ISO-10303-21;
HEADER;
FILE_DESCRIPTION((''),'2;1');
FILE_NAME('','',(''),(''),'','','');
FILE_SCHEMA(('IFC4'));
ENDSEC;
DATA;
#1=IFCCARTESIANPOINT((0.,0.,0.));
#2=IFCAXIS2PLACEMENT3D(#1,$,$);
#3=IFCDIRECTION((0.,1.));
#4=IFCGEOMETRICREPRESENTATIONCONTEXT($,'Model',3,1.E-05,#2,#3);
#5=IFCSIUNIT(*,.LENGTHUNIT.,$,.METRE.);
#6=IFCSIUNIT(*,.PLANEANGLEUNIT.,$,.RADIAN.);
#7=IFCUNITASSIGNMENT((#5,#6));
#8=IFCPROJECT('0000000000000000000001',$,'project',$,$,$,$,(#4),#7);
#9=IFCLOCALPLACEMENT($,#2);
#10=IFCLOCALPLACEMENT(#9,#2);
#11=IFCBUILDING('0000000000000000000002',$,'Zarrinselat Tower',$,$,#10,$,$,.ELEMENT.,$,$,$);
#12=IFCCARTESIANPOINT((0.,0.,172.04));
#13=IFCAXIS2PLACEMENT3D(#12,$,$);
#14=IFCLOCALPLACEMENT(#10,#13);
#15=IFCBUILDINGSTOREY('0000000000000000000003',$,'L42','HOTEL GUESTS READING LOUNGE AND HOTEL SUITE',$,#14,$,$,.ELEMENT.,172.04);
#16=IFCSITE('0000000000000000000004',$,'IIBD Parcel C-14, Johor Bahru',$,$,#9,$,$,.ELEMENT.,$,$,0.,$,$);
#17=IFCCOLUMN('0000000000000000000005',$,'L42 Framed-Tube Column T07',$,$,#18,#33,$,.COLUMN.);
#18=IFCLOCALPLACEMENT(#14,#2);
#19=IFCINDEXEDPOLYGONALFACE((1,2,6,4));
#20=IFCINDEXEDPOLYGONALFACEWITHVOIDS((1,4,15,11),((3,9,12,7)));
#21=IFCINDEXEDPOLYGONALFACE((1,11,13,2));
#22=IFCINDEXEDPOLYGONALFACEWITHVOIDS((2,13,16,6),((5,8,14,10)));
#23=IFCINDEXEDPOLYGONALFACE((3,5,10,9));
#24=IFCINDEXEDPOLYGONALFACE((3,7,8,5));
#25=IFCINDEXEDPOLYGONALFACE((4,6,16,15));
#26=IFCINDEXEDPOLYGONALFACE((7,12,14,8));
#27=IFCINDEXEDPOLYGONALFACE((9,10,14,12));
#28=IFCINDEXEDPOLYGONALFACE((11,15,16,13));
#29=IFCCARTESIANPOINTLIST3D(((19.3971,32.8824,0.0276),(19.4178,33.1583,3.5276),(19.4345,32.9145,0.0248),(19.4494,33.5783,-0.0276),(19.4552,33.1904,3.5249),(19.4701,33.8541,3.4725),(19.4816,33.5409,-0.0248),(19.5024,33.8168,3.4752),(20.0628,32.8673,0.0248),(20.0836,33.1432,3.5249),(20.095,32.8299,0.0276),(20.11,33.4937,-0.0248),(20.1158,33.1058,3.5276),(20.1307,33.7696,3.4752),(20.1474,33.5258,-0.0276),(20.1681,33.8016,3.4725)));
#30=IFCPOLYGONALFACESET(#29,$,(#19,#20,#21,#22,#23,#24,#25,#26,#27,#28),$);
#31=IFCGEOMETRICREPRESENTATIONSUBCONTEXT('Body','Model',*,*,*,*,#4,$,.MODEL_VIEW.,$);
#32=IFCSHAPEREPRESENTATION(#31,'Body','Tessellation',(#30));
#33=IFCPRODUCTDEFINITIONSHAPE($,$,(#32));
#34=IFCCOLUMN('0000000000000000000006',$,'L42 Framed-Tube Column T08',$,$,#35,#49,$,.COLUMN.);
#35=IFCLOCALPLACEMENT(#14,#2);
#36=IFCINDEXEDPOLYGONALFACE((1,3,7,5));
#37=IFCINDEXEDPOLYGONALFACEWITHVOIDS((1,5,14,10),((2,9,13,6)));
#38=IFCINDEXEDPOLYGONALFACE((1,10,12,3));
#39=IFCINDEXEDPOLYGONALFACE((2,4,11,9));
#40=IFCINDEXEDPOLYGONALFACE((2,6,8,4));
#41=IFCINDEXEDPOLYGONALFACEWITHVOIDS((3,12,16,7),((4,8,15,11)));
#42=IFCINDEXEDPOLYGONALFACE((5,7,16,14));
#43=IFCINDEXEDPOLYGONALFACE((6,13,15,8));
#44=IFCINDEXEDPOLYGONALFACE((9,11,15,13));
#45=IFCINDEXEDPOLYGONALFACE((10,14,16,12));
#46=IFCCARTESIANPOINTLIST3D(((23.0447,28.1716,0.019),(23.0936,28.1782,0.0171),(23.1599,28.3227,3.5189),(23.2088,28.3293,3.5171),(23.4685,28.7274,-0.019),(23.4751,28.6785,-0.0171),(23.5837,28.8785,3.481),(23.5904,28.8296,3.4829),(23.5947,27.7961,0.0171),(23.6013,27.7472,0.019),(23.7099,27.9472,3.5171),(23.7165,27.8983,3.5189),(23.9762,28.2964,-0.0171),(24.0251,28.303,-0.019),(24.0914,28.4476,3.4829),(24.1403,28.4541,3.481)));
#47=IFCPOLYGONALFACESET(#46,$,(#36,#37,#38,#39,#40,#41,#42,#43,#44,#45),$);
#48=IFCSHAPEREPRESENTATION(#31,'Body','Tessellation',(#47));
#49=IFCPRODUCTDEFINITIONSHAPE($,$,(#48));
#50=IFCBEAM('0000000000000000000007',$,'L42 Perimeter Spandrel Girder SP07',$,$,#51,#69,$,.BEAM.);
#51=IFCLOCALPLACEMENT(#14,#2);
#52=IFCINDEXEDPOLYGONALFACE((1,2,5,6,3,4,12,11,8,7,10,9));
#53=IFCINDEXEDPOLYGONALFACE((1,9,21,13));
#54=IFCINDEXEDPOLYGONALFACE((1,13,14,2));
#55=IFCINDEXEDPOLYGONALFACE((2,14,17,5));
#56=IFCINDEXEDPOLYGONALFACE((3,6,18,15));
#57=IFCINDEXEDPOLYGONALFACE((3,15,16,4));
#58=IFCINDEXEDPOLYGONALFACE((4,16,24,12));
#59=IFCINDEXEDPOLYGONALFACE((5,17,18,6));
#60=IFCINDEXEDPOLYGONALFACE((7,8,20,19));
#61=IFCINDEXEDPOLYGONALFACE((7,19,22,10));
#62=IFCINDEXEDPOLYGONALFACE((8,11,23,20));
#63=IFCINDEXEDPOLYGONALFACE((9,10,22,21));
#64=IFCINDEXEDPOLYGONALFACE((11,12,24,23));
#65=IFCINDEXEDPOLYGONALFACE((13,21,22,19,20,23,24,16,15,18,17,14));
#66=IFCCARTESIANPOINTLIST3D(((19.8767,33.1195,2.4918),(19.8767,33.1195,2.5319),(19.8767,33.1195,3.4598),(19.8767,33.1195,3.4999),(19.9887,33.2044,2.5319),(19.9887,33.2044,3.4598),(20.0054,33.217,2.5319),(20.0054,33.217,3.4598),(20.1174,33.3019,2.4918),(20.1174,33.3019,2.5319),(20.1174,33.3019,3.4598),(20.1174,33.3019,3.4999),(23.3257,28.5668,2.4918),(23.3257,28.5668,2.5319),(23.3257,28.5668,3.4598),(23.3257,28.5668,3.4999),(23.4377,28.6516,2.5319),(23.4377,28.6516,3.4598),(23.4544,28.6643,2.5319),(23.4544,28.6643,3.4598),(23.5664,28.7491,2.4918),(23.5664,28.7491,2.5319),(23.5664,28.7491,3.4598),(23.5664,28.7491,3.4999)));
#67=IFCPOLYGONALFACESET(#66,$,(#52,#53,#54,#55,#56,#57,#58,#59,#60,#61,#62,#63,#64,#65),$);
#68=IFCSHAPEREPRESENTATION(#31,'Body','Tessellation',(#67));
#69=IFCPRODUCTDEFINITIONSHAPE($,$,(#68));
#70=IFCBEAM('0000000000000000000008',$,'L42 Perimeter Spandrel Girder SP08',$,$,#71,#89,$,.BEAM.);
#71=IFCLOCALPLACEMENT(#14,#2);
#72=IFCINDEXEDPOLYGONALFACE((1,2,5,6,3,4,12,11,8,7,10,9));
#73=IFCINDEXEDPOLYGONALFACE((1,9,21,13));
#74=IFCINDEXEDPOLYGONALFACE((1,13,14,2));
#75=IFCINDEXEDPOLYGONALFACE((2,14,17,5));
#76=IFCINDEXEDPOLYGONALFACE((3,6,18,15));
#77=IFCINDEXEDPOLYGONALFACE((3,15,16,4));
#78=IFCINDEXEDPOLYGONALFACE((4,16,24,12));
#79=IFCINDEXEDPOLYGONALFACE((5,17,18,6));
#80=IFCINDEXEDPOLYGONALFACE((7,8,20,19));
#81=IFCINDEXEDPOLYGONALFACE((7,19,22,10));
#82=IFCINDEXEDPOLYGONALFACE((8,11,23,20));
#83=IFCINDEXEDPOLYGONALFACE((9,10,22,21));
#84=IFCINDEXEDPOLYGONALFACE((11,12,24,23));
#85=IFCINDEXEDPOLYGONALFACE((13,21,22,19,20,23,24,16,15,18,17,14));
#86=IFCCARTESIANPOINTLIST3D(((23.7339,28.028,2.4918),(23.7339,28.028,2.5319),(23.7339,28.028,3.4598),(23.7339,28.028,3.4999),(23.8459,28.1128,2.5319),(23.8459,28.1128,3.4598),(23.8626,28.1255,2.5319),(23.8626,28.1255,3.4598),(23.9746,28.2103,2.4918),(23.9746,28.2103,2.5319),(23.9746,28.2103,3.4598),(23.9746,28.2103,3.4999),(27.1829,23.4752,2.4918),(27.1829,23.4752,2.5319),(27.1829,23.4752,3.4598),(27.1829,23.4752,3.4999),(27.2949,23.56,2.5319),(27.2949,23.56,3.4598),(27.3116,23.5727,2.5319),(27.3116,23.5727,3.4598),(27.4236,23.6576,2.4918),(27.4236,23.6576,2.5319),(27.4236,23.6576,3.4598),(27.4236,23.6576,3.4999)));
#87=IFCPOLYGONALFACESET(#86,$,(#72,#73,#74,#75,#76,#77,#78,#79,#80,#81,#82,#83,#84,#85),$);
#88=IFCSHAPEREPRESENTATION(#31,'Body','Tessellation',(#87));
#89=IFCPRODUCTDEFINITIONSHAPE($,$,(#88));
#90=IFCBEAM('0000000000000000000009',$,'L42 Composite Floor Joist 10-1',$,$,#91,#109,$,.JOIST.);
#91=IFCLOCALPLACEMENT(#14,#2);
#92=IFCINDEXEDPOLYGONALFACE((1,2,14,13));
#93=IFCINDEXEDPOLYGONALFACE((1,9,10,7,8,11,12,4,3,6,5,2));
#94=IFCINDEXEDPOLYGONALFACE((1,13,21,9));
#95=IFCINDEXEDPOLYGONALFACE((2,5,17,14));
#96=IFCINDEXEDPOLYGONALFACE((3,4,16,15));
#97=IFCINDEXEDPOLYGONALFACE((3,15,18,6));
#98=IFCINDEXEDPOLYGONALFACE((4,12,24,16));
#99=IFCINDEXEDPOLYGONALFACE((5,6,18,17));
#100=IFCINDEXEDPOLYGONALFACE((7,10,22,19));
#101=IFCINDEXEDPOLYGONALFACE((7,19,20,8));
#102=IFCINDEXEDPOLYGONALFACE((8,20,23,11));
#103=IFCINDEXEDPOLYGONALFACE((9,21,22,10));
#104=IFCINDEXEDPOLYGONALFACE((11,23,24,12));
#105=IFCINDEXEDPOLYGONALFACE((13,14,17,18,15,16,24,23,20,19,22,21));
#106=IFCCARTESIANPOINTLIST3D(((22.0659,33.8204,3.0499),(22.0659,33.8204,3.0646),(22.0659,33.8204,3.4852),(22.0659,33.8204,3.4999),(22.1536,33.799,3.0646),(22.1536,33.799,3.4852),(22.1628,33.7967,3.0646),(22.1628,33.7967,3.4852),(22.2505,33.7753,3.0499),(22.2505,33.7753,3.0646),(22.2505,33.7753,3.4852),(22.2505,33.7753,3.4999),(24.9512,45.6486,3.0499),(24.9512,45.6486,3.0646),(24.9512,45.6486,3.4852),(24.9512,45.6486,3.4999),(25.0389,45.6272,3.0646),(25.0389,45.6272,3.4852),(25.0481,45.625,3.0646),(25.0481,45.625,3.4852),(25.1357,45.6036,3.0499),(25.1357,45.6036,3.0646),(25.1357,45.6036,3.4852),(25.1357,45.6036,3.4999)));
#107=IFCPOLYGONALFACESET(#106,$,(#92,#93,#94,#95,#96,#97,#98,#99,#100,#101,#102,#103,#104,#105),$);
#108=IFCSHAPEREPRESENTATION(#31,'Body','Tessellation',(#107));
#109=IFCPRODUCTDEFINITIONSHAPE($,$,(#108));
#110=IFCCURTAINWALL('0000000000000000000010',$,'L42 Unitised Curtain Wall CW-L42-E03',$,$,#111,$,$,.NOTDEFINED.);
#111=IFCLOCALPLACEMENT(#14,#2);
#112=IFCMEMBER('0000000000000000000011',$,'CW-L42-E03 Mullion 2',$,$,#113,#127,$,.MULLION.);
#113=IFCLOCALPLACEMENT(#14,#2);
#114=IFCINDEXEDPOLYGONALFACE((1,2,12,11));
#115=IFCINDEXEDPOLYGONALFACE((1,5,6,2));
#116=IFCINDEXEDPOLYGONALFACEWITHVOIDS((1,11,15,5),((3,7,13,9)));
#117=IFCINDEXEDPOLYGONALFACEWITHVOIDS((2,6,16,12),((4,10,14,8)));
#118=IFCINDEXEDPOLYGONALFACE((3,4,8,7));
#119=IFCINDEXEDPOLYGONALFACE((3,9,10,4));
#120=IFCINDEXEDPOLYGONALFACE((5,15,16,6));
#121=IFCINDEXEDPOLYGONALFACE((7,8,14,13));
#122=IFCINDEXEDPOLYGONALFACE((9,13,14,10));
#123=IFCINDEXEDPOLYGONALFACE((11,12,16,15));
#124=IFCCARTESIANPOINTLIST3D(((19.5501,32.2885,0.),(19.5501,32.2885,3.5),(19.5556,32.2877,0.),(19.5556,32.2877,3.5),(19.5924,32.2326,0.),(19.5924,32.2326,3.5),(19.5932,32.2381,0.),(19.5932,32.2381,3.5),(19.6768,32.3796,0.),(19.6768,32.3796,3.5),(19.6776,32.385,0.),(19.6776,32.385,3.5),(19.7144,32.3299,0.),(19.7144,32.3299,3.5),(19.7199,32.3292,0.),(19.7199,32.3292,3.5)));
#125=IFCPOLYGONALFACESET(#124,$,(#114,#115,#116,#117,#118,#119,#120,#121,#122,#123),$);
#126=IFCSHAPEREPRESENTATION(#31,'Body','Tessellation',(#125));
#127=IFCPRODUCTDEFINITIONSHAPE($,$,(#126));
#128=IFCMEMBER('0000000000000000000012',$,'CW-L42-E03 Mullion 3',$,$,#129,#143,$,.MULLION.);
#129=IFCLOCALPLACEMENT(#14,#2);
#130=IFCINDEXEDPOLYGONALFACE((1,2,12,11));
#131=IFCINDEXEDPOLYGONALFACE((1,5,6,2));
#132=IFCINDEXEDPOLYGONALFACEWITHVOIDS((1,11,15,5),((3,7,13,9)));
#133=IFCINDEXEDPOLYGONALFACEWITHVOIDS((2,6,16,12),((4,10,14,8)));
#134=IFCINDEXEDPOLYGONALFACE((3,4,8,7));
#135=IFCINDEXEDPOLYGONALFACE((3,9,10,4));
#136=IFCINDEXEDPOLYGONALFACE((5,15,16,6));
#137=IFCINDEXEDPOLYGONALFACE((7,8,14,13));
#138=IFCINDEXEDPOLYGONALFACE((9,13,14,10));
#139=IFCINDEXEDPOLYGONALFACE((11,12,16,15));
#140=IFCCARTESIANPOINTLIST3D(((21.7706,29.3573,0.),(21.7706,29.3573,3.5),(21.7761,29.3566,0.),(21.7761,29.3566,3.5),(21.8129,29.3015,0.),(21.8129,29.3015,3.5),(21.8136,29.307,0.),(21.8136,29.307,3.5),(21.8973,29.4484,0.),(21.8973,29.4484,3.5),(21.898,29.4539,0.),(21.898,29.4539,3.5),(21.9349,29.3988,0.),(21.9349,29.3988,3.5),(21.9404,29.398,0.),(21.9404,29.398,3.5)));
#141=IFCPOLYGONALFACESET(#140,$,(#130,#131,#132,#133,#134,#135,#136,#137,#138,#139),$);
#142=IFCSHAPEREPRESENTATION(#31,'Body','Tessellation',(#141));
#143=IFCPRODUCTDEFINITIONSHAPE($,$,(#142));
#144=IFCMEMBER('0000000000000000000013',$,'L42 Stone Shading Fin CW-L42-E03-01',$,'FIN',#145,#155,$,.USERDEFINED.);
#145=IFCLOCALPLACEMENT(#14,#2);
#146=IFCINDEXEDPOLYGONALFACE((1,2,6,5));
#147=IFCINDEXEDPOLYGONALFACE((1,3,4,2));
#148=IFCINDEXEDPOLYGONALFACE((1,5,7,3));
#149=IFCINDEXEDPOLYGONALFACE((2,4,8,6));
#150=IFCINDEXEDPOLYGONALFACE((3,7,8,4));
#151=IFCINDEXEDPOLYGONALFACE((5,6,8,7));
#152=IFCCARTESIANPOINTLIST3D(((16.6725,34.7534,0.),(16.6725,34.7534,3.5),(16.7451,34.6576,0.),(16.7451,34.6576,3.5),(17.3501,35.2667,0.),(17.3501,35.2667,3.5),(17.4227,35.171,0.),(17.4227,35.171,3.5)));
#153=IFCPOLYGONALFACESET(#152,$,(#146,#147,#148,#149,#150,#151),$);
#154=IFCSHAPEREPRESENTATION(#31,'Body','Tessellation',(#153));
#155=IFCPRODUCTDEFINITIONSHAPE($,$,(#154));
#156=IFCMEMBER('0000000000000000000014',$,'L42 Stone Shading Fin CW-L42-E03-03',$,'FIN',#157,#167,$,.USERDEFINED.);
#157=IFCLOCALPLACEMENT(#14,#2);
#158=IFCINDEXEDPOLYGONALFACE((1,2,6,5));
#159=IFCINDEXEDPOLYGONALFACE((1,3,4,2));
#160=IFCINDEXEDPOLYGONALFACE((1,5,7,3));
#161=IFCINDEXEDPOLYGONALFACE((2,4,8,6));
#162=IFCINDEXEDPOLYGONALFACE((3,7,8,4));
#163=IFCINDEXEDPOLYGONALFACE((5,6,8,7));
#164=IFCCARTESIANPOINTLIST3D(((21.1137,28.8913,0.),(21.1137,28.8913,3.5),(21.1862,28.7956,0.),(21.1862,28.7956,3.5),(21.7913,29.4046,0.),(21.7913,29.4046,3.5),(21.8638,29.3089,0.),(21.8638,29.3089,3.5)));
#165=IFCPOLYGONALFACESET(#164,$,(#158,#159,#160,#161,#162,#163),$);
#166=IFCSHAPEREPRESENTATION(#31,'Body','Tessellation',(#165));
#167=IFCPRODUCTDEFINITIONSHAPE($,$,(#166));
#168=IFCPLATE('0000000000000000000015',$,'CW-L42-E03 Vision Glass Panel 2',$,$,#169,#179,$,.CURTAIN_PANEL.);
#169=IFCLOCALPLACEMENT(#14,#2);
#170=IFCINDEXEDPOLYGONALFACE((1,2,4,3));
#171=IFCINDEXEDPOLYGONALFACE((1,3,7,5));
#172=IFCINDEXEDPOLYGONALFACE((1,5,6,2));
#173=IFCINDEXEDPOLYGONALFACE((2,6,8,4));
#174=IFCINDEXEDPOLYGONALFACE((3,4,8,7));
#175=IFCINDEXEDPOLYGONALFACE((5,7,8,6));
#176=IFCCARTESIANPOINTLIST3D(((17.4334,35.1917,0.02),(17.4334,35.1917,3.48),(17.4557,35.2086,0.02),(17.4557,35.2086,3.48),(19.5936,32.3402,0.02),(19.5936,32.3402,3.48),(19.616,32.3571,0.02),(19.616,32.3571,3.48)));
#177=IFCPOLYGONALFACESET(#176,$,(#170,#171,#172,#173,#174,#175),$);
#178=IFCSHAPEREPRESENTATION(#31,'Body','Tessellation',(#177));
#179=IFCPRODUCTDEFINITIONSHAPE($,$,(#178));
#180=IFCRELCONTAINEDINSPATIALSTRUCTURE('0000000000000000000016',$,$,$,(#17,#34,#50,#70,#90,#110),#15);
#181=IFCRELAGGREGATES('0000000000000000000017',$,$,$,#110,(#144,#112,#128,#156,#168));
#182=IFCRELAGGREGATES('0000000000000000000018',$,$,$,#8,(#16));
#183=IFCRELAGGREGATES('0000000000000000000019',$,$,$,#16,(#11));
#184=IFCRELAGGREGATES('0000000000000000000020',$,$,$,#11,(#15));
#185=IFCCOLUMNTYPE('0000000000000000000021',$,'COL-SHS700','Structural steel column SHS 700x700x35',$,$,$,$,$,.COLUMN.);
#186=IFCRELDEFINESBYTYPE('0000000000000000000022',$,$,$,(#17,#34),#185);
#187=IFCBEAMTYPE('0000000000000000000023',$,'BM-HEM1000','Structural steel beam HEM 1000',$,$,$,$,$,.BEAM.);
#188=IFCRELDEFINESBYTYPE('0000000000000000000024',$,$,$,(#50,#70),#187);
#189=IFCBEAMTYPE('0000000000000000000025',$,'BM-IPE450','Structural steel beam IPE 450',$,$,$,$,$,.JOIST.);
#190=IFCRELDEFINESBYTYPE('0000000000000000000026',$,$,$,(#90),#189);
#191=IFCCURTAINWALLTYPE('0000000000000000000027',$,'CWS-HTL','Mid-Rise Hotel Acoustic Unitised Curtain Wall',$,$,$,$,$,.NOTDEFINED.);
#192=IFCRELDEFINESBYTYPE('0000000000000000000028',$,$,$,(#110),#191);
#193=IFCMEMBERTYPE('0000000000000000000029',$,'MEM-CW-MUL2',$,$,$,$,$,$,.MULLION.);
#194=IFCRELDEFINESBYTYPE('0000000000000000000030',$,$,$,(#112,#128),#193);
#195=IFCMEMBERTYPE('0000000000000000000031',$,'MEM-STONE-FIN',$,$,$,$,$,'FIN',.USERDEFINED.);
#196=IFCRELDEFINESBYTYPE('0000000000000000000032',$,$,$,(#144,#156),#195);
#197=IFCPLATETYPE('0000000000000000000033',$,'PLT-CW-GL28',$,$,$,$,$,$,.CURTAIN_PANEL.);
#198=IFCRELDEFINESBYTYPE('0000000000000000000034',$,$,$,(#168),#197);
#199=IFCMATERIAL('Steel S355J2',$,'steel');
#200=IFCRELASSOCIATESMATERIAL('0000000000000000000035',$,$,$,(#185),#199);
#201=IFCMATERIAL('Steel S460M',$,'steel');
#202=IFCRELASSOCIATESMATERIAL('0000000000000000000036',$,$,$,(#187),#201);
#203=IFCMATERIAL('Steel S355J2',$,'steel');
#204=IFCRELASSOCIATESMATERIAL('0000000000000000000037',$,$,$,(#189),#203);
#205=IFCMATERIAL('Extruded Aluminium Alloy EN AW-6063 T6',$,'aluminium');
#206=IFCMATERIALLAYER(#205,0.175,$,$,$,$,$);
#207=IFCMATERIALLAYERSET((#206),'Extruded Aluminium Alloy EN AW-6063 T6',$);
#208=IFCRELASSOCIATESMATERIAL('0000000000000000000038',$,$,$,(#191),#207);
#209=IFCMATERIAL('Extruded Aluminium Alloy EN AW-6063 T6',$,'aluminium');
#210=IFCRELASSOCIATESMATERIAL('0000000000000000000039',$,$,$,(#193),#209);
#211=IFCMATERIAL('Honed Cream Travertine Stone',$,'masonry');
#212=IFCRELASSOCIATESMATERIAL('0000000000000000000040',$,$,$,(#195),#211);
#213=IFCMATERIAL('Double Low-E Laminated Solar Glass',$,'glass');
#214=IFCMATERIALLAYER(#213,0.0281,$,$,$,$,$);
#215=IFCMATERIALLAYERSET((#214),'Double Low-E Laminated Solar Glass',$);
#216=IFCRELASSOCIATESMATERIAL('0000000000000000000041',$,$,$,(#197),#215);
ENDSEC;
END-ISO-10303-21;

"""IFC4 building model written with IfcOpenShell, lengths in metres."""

from ifc_helpers import new_model, si_unit, direction, frame, origin, origin_2d, place, context, subcontext, project, spatial, rectangle, hollow_rectangle, i_section, extrude, material, layer, layer_set, material_profile, profile_set, type_object, element, aggregate, save


model = new_model("IFC4")

# Units and contexts
model_context = context("Model", 3, precision=1e-05, world=origin(), true_north=direction((0.0, 1.0)))
body_context = subcontext(model_context, "Body", "Model", "MODEL_VIEW")
ifc_project = project(units=[si_unit("LENGTHUNIT", "METRE"), si_unit("PLANEANGLEUNIT", "RADIAN")], contexts=[model_context])

# Site, building, storey
site_placement = place(None, origin())
site = spatial("IfcSite", under=ifc_project, at=site_placement, Name="IIBD Parcel C-14, Johor Bahru", CompositionType="ELEMENT", RefElevation=0.0)
building_placement = place(site_placement, origin())
building = spatial("IfcBuilding", under=site, at=building_placement, Name="Zarrinselat Tower", CompositionType="ELEMENT")
storey_placement = place(building_placement, frame((0.0, 0.0, 172.04)))
storey = spatial("IfcBuildingStorey", under=building, at=storey_placement, Name="L42", Description="HOTEL GUESTS READING LOUNGE AND HOTEL SUITE", CompositionType="ELEMENT", Elevation=172.04)

# Columns
ifc_material_1 = material(Name="Steel S355J2", Category="steel")
ifc_material_profile_1 = material_profile(ifc_material_1, hollow_rectangle(XDim=0.7, YDim=0.7, WallThickness=0.0349, at=origin_2d()), Name="SHS 700x700x35")
ifc_profile_set_1 = profile_set([ifc_material_profile_1], Name="Steel S355J2")
column_type = type_object("IfcColumnType", Name="COL-SHS700", Description="Structural steel column SHS 700x700x35", PredefinedType="COLUMN", material=ifc_profile_set_1)
column_1_placement = place(storey_placement, frame((19.7722, 33.2041, 0.0), z_axis=(0.005911, 0.078577, 0.99689), x_axis=(-0.997183, 0.075009, 0.0)))
element("IfcColumn", 1, at=column_1_placement, inside=storey, type_object=column_type, Name="L42 Framed-Tube Column T07", PredefinedType="COLUMN", context=body_context, shape_type="SweptSolid", body=[
    extrude(hollow_rectangle(XDim=0.7, YDim=0.7, WallThickness=0.0349, at=origin_2d()), origin(), (0.0, 0.0, 1.0), 3.511),
])
column_2_placement = place(storey_placement, frame((23.5349, 28.2373, 0.0), z_axis=(0.032876, 0.043115, 0.998529), x_axis=(-0.795196, 0.606353, 0.0)))
element("IfcColumn", 2, at=column_2_placement, inside=storey, type_object=column_type, Name="L42 Framed-Tube Column T08", PredefinedType="COLUMN", context=body_context, shape_type="SweptSolid", body=[
    extrude(hollow_rectangle(XDim=0.7, YDim=0.7, WallThickness=0.0349, at=origin_2d()), origin(), (0.0, 0.0, 1.0), 3.5051),
])

# Beams
ifc_material_2 = material(Name="Steel S460M", Category="steel")
ifc_material_profile_2 = material_profile(ifc_material_2, i_section(OverallWidth=0.302, OverallDepth=1.0081, WebThickness=0.021, FlangeThickness=0.04, at=origin_2d()), Name="HEM 1000")
ifc_profile_set_2 = profile_set([ifc_material_profile_2], Name="Steel S460M")
beam_type_1 = type_object("IfcBeamType", Name="BM-HEM1000", Description="Structural steel beam HEM 1000", PredefinedType="BEAM", material=ifc_profile_set_2)
for number, where, z_axis, x_axis, name in (
    (3, (19.9971, 33.2107, 2.9958), (0.60385, -0.797098, 0.0), (0.797098, 0.60385, 0.0), "L42 Perimeter Spandrel Girder SP07"),
    (4, (23.8542, 28.1191, 2.9958), (0.60385, -0.797098, 0.0), (0.797098, 0.60385, 0.0), "L42 Perimeter Spandrel Girder SP08"),
):
    element("IfcBeam", number, at=place(storey_placement, frame(where, z_axis=z_axis, x_axis=x_axis)), inside=storey, type_object=beam_type_1, Name=name, PredefinedType="BEAM", context=body_context, shape_type="SweptSolid", body=[
        extrude(i_section(OverallWidth=0.302, OverallDepth=1.0081, WebThickness=0.021, FlangeThickness=0.04, at=origin_2d()), origin(), (0.0, 0.0, 1.0), 5.7117),
    ])
ifc_material_3 = material(Name="Steel S355J2", Category="steel")
ifc_material_profile_3 = material_profile(ifc_material_3, i_section(OverallWidth=0.1899, OverallDepth=0.45, WebThickness=0.0095, FlangeThickness=0.0146, at=origin_2d()), Name="IPE 450")
ifc_profile_set_3 = profile_set([ifc_material_profile_3], Name="Steel S355J2")
beam_type_2 = type_object("IfcBeamType", Name="BM-IPE450", Description="Structural steel beam IPE 450", PredefinedType="JOIST", material=ifc_profile_set_3)
beam_placement = place(storey_placement, frame((22.1582, 33.7979, 3.2749), z_axis=(0.236983, 0.971514, 0.0), x_axis=(-0.971514, 0.236983, 0.0)))
element("IfcBeam", 5, at=beam_placement, inside=storey, type_object=beam_type_2, Name="L42 Composite Floor Joist 10-1", PredefinedType="JOIST", context=body_context, shape_type="SweptSolid", body=[
    extrude(i_section(OverallWidth=0.1899, OverallDepth=0.45, WebThickness=0.0095, FlangeThickness=0.0146, at=origin_2d()), origin(), (0.0, 0.0, 1.0), 12.175),
])

# Curtain wall, members, plate
ifc_material_4 = material(Name="Extruded Aluminium Alloy EN AW-6063 T6", Category="aluminium")
ifc_layer_1 = layer(ifc_material_4, 0.175)
ifc_layer_set_1 = layer_set([ifc_layer_1], Name="Extruded Aluminium Alloy EN AW-6063 T6")
curtain_wall_type = type_object("IfcCurtainWallType", Name="CWS-HTL", Description="Mid-Rise Hotel Acoustic Unitised Curtain Wall", PredefinedType="NOTDEFINED", material=ifc_layer_set_1)
curtain_wall_placement = place(storey_placement, origin())
curtain_wall = element("IfcCurtainWall", 6, at=curtain_wall_placement, inside=storey, type_object=curtain_wall_type, Name="L42 Unitised Curtain Wall CW-L42-E03", PredefinedType="NOTDEFINED")
ifc_material_5 = material(Name="Extruded Aluminium Alloy EN AW-6063 T6", Category="aluminium")
ifc_material_profile_4 = material_profile(ifc_material_5, hollow_rectangle(XDim=0.0701, YDim=0.1599, WallThickness=0.0039, at=origin_2d()), Name="RHS 160x70x4")
ifc_profile_set_4 = profile_set([ifc_material_profile_4], Name="Extruded Aluminium Alloy EN AW-6063 T6")
member_type_1 = type_object("IfcMemberType", Name="MEM-CW-MUL2", PredefinedType="MULLION", material=ifc_profile_set_4)
member_1_placement = place(storey_placement, frame((19.635, 32.3088, 0.0), z_axis=(0.0, 0.0, 1.0), x_axis=(0.603858, -0.797092, 0.0)))
member_1 = element("IfcMember", 7, at=member_1_placement, type_object=member_type_1, Name="CW-L42-E03 Mullion 2", PredefinedType="MULLION", context=body_context, shape_type="SweptSolid", body=[
    extrude(hollow_rectangle(XDim=0.0701, YDim=0.1599, WallThickness=0.0039, at=origin_2d()), origin(), (0.0, 0.0, 1.0), 3.5),
])
member_2_placement = place(storey_placement, frame((21.8555, 29.3777, 0.0), z_axis=(0.0, 0.0, 1.0), x_axis=(0.603858, -0.797092, 0.0)))
member_2 = element("IfcMember", 8, at=member_2_placement, type_object=member_type_1, Name="CW-L42-E03 Mullion 3", PredefinedType="MULLION", context=body_context, shape_type="SweptSolid", body=[
    extrude(hollow_rectangle(XDim=0.0701, YDim=0.1599, WallThickness=0.0039, at=origin_2d()), origin(), (0.0, 0.0, 1.0), 3.5),
])
ifc_material_6 = material(Name="Honed Cream Travertine Stone", Category="masonry")
ifc_material_profile_5 = material_profile(ifc_material_6, rectangle(XDim=0.1201, YDim=0.8501, at=origin_2d()), Name="FIN 850x120")
ifc_profile_set_5 = profile_set([ifc_material_profile_5], Name="Honed Cream Travertine Stone")
member_type_2 = type_object("IfcMemberType", Name="MEM-STONE-FIN", ElementType="FIN", PredefinedType="USERDEFINED", material=ifc_profile_set_5)
member_3_placement = place(storey_placement, frame((17.0476, 34.9622, 0.0), z_axis=(0.0, 0.0, 1.0), x_axis=(-0.603858, 0.797092, 0.0)))
member_3 = element("IfcMember", 9, at=member_3_placement, type_object=member_type_2, Name="L42 Stone Shading Fin CW-L42-E03-01", ObjectType="FIN", PredefinedType="USERDEFINED", context=body_context, shape_type="SweptSolid", body=[
    extrude(rectangle(XDim=0.1201, YDim=0.8501, at=origin_2d()), origin(), (0.0, 0.0, 1.0), 3.5),
])
member_4_placement = place(storey_placement, frame((21.4888, 29.1001, 0.0), z_axis=(0.0, 0.0, 1.0), x_axis=(-0.603858, 0.797092, 0.0)))
member_4 = element("IfcMember", 10, at=member_4_placement, type_object=member_type_2, Name="L42 Stone Shading Fin CW-L42-E03-03", ObjectType="FIN", PredefinedType="USERDEFINED", context=body_context, shape_type="SweptSolid", body=[
    extrude(rectangle(XDim=0.1201, YDim=0.8501, at=origin_2d()), origin(), (0.0, 0.0, 1.0), 3.5),
])
ifc_material_7 = material(Name="Double Low-E Laminated Solar Glass", Category="glass")
ifc_layer_2 = layer(ifc_material_7, 0.0281)
ifc_layer_set_2 = layer_set([ifc_layer_2], Name="Double Low-E Laminated Solar Glass")
plate_type = type_object("IfcPlateType", Name="PLT-CW-GL28", PredefinedType="CURTAIN_PANEL", material=ifc_layer_set_2)
plate_1_placement = place(storey_placement, frame((18.5247, 33.7744, 0.02), z_axis=(0.0, 0.0, 1.0), x_axis=(0.603858, -0.797092, 0.0)))
plate_1 = element("IfcPlate", 11, at=plate_1_placement, type_object=plate_type, Name="CW-L42-E03 Vision Glass Panel 2", PredefinedType="CURTAIN_PANEL", context=body_context, shape_type="SweptSolid", body=[
    extrude(rectangle(XDim=3.5774, YDim=0.0281, at=origin_2d()), origin(), (0.0, 0.0, 1.0), 3.46),
])
aggregate(curtain_wall, [member_3, member_1, member_2, member_4, plate_1])

save(model, "model.ifc")
